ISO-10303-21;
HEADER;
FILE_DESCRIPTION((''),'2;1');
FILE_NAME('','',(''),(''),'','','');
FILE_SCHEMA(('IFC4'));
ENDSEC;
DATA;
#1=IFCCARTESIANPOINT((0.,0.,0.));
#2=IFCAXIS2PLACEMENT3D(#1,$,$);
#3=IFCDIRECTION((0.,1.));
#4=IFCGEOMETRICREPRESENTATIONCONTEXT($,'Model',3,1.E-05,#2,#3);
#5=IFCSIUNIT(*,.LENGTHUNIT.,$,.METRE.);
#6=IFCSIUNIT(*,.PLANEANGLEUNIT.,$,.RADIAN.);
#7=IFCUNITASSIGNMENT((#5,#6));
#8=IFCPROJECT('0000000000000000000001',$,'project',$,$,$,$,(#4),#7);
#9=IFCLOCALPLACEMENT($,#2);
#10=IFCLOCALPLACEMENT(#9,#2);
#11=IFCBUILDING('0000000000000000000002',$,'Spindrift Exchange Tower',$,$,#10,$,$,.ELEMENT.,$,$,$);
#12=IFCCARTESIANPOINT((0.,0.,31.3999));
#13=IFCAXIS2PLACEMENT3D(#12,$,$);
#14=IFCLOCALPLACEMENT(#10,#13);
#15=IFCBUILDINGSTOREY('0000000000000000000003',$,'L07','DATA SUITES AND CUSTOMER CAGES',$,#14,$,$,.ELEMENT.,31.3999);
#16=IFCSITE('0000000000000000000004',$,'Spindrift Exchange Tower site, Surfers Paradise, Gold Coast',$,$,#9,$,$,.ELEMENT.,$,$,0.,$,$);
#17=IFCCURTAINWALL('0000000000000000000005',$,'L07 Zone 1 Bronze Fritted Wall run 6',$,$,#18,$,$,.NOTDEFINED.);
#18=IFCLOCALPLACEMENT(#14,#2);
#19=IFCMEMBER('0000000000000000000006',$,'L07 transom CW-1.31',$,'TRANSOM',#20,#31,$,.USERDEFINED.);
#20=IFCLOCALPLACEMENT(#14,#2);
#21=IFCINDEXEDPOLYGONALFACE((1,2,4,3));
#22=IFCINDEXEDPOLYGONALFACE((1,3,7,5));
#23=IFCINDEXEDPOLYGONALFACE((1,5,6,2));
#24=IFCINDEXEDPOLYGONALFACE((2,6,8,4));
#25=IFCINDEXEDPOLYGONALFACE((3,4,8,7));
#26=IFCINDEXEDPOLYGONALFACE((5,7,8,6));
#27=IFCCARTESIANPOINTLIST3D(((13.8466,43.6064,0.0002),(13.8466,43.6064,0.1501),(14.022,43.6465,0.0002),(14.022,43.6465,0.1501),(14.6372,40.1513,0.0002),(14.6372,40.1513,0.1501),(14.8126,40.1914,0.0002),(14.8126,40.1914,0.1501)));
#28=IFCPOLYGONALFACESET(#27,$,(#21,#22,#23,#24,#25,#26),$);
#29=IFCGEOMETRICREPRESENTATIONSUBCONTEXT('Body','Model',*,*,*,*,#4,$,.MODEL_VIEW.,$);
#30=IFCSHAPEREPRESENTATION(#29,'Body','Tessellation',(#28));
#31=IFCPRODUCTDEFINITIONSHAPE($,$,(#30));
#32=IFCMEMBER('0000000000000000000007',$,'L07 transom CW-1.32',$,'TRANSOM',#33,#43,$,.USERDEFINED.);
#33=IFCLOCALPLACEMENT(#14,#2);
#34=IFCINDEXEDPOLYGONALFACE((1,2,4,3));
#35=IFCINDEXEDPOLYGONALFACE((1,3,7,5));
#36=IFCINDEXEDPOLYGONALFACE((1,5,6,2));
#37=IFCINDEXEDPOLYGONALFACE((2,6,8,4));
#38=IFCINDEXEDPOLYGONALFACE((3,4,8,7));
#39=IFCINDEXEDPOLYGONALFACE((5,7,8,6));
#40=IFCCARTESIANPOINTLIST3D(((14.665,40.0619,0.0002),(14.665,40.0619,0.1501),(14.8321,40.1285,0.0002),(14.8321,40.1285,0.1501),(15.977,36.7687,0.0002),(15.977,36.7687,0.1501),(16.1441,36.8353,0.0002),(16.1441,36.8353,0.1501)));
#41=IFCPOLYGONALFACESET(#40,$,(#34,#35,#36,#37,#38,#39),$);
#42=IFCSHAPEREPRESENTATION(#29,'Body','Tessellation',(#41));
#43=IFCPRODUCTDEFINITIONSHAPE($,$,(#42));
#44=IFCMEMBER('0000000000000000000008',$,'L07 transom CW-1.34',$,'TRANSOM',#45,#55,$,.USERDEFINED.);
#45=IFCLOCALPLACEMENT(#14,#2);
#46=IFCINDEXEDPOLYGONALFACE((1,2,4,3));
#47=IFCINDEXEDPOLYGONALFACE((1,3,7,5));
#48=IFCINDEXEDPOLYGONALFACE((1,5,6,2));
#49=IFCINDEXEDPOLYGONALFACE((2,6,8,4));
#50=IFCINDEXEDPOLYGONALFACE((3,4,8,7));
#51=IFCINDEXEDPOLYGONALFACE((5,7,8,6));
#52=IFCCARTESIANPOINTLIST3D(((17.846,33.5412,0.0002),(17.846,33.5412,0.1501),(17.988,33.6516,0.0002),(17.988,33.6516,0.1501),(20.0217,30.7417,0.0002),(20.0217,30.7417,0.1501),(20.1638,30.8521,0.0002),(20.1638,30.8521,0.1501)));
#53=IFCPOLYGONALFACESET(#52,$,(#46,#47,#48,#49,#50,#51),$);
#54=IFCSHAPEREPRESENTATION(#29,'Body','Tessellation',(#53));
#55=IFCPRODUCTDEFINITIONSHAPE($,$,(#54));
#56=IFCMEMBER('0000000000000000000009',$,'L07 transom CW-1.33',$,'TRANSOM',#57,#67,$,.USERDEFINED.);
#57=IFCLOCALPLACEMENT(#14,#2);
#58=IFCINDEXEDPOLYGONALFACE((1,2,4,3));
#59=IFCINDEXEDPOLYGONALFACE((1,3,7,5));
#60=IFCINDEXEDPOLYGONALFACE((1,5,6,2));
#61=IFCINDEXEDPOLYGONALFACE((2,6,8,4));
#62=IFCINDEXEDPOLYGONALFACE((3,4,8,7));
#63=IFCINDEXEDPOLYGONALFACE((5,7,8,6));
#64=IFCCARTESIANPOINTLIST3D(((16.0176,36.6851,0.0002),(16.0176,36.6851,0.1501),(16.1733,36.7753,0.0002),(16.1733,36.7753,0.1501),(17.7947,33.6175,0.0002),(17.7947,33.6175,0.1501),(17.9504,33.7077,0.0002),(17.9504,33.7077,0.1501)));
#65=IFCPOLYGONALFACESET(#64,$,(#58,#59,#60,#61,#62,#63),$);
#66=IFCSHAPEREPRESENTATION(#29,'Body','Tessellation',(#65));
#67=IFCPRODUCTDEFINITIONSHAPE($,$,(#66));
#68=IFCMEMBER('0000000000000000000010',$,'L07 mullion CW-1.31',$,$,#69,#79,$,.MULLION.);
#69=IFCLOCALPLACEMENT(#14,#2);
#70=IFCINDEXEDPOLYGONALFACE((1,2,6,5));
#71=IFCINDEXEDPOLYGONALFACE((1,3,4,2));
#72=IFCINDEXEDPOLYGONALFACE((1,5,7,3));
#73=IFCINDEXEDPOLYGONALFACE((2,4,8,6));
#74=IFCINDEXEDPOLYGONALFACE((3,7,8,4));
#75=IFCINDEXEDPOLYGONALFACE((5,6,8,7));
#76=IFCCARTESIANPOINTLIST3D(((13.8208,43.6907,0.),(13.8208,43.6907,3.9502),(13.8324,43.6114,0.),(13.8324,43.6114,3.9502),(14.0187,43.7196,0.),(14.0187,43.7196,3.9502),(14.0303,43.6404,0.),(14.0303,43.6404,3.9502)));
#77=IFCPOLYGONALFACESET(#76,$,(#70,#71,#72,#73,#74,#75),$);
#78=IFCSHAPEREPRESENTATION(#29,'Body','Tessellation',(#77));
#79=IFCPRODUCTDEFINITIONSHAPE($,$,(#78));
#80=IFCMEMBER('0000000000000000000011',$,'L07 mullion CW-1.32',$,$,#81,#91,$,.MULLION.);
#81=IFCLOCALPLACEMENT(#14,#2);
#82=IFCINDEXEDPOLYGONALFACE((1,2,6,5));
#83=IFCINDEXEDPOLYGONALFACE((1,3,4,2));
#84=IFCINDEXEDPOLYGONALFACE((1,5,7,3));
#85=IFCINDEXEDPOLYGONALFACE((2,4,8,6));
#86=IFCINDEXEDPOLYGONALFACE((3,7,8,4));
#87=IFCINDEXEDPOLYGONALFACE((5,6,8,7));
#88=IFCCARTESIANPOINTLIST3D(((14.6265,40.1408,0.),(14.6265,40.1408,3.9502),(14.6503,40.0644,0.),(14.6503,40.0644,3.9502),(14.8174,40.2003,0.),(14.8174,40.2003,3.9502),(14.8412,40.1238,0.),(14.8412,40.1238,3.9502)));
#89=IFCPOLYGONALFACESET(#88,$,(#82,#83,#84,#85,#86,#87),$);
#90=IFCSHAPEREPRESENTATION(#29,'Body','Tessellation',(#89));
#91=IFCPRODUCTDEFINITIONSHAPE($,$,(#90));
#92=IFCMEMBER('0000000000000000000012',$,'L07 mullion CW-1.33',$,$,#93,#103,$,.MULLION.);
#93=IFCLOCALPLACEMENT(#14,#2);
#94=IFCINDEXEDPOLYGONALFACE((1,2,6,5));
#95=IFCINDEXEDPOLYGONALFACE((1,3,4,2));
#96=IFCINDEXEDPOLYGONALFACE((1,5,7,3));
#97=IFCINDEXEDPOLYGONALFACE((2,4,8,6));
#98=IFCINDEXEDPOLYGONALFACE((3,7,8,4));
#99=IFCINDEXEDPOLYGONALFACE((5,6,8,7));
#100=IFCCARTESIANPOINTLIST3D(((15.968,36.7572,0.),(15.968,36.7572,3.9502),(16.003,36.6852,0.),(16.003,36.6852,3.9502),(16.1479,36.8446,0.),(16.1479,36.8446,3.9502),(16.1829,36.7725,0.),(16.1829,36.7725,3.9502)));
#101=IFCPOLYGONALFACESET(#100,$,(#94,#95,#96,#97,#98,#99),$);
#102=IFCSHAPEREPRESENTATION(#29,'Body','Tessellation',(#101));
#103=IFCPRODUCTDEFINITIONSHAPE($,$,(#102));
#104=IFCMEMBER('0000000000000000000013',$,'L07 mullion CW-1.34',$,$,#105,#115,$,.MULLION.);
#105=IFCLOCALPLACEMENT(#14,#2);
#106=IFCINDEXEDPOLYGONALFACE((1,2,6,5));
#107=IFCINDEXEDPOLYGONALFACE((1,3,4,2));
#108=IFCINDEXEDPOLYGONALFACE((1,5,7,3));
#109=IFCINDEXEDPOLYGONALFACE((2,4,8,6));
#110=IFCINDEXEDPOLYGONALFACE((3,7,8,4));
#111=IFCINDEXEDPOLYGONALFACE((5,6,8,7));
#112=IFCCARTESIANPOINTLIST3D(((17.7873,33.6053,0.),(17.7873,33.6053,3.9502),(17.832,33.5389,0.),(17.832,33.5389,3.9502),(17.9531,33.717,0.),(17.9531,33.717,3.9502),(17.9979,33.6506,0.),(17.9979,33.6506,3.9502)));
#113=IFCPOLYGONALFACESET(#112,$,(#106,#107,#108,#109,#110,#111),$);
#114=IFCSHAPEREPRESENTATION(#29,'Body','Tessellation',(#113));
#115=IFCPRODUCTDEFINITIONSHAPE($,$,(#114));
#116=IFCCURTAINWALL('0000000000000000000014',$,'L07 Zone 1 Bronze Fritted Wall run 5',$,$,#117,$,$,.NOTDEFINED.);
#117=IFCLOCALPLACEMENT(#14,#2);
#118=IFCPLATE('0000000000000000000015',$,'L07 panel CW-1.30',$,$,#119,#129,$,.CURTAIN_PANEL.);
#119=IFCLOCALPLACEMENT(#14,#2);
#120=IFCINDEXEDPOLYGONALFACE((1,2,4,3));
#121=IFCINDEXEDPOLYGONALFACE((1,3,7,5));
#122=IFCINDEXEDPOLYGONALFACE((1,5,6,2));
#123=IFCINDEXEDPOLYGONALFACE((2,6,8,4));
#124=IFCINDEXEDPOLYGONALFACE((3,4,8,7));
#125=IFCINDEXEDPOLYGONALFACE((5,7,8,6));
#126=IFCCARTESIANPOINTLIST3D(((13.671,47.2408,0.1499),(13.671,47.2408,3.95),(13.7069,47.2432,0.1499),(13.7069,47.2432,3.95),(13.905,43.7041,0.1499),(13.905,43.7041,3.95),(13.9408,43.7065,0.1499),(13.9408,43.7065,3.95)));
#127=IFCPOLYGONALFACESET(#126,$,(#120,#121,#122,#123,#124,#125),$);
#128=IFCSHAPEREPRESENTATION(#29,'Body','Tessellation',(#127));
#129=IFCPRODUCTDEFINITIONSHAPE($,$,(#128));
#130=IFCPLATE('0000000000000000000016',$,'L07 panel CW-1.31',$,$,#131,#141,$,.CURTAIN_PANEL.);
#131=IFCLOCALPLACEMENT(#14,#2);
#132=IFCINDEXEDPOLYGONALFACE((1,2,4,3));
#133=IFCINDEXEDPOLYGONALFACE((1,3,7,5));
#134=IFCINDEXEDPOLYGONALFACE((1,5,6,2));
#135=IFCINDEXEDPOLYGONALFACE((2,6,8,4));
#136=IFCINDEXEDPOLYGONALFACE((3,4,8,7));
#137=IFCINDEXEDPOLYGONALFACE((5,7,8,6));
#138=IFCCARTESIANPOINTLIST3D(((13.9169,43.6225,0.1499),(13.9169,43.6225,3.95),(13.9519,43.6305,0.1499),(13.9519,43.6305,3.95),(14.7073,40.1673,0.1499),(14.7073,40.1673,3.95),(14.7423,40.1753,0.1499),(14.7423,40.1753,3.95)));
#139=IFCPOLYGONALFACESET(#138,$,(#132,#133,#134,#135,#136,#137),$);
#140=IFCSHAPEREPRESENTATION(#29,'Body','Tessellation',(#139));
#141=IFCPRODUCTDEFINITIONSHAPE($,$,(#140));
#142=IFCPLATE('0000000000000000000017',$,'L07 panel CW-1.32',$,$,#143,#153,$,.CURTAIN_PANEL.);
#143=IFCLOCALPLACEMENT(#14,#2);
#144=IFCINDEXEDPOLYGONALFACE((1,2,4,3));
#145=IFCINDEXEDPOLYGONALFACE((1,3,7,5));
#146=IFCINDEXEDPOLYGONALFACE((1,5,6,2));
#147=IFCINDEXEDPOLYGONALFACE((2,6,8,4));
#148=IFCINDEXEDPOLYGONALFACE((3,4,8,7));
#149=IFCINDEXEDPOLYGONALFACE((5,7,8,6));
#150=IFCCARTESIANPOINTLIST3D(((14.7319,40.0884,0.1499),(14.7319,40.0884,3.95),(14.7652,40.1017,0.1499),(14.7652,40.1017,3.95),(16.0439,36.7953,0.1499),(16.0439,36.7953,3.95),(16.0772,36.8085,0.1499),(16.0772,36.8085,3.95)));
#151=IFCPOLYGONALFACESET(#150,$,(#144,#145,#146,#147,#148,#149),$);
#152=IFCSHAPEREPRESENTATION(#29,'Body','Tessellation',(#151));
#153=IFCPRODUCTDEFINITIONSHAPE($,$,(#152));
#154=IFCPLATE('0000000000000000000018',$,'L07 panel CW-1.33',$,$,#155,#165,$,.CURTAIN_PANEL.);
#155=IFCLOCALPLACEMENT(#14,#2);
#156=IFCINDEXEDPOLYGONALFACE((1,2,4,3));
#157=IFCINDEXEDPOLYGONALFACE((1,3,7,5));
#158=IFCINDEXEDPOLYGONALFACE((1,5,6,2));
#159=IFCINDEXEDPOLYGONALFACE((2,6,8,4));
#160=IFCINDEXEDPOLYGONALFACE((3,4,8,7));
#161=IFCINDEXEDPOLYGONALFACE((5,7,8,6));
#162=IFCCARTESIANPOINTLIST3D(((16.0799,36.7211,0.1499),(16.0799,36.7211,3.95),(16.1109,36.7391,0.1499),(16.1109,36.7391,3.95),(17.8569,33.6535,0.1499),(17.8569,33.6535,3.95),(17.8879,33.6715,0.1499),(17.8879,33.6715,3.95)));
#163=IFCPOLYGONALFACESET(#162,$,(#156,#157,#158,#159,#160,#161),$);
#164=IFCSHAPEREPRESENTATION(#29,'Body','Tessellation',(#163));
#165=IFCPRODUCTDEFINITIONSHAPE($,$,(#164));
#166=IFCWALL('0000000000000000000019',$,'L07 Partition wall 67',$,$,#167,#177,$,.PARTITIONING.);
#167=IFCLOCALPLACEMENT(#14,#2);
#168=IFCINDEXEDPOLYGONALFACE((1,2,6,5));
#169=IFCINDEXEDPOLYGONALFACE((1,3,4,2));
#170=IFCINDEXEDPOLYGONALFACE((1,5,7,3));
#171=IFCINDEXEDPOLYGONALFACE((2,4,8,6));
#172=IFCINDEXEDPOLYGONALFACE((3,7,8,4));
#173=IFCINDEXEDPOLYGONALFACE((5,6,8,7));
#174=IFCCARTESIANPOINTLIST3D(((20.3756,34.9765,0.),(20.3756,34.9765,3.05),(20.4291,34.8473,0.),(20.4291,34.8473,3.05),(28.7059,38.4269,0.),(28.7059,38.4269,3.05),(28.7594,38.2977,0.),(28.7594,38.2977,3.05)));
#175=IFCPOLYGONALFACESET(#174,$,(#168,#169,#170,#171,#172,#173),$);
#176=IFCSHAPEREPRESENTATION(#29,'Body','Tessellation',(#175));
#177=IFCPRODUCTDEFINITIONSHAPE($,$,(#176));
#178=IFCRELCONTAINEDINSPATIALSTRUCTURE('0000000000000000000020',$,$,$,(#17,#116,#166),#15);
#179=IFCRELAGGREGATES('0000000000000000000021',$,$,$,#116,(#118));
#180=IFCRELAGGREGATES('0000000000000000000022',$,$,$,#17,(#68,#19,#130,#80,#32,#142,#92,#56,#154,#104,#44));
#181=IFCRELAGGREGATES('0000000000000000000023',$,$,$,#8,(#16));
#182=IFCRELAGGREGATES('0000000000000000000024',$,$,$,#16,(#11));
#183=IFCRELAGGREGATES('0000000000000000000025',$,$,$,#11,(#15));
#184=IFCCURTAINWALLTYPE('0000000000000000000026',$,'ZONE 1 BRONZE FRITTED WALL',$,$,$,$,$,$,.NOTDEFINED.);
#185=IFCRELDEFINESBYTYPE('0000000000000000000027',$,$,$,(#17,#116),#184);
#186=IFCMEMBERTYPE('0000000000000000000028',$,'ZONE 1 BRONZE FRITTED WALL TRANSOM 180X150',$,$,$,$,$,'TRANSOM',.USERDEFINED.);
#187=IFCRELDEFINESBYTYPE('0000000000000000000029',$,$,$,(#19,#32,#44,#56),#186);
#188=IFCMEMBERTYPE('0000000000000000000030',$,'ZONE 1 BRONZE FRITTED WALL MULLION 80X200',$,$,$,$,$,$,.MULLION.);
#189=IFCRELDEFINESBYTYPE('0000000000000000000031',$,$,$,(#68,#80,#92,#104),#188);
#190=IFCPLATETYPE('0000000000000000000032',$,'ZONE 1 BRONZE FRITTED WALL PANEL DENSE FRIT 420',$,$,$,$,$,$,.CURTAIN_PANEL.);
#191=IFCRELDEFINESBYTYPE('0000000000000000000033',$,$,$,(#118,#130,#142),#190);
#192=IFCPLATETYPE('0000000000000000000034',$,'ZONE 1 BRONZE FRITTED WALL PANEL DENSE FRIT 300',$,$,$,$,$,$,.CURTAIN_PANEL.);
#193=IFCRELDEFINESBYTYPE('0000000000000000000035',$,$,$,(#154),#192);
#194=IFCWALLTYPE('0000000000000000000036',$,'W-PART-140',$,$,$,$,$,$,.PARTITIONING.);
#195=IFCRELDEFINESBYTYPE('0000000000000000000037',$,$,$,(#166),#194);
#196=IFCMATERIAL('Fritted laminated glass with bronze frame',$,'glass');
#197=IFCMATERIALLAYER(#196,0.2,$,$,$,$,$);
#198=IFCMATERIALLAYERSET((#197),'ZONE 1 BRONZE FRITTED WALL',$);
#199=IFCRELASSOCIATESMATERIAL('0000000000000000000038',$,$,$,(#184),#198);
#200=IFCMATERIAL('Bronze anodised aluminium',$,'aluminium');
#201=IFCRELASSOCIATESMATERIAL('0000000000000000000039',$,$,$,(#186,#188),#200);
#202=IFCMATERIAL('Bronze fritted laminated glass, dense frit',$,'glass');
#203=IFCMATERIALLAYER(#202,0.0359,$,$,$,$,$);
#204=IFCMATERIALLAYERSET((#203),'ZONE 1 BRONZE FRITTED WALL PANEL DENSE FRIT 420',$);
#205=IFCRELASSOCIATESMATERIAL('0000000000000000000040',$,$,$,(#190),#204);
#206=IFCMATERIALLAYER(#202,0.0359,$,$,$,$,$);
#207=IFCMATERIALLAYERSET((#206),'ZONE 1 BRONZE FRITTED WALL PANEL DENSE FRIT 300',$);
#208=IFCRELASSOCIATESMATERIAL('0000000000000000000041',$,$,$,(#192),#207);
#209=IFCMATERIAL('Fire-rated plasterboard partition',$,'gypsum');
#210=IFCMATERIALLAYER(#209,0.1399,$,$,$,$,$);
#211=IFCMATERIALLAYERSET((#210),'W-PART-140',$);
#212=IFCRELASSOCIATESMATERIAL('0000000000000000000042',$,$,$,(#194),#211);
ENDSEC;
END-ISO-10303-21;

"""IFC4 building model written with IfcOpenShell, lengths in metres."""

from ifc_helpers import new_model, si_unit, direction, frame, frame_2d, origin, origin_2d, place, context, subcontext, project, spatial, rectangle, extrude, source, transform, mapped, material, layer, layer_set, material_profile, profile_set, type_object, element, aggregate, save


model = new_model("IFC4")

# Units and contexts
model_context = context("Model", 3, precision=1e-05, world=origin(), true_north=direction((0.0, 1.0)))
body_context = subcontext(model_context, "Body", "Model", "MODEL_VIEW")
ifc_project = project(units=[si_unit("LENGTHUNIT", "METRE"), si_unit("PLANEANGLEUNIT", "RADIAN")], contexts=[model_context])

# Site, building, storey
site_placement = place(None, origin())
site = spatial("IfcSite", under=ifc_project, at=site_placement, Name="Spindrift Exchange Tower site, Surfers Paradise, Gold Coast", CompositionType="ELEMENT", RefElevation=0.0)
building_placement = place(site_placement, origin())
building = spatial("IfcBuilding", under=site, at=building_placement, Name="Spindrift Exchange Tower", CompositionType="ELEMENT")
storey_placement = place(building_placement, frame((0.0, 0.0, 31.3999)))
storey = spatial("IfcBuildingStorey", under=building, at=storey_placement, Name="L07", Description="DATA SUITES AND CUSTOMER CAGES", CompositionType="ELEMENT", Elevation=31.3999)

# Curtain wall, members
ifc_material_1 = material(Name="Fritted laminated glass with bronze frame", Category="glass")
ifc_layer_1 = layer(ifc_material_1, 0.2)
ifc_layer_set_1 = layer_set([ifc_layer_1], Name="ZONE 1 BRONZE FRITTED WALL")
curtain_wall_type = type_object("IfcCurtainWallType", Name="ZONE 1 BRONZE FRITTED WALL", PredefinedType="NOTDEFINED", material=ifc_layer_set_1)
curtain_wall_1_placement = place(storey_placement, origin())
curtain_wall_1 = element("IfcCurtainWall", 1, at=curtain_wall_1_placement, inside=storey, type_object=curtain_wall_type, Name="L07 Zone 1 Bronze Fritted Wall run 6", PredefinedType="NOTDEFINED")
ifc_material_2 = material(Name="Bronze anodised aluminium", Category="aluminium")
ifc_material_profile_1 = material_profile(ifc_material_2, rectangle(XDim=0.1799, YDim=0.1499, at=origin_2d()), Name="ZONE 1 BRONZE FRITTED WALL TRANSOM 180X150")
ifc_profile_set_1 = profile_set([ifc_material_profile_1], Name="Bronze anodised aluminium")
member_type_1 = type_object("IfcMemberType", Name="ZONE 1 BRONZE FRITTED WALL TRANSOM 180X150", ElementType="TRANSOM", PredefinedType="USERDEFINED", material=ifc_profile_set_1)
shared_shape_1 = source(origin(), body_context, "Body", "SweptSolid", [
    extrude(rectangle(XDim=0.1799, YDim=0.1499, at=origin_2d()), origin(), (0.0, 0.0, 1.0), 3.5444),
])
member_1_placement = place(storey_placement, frame((13.9343, 43.6265, 0.0752), z_axis=(0.223038, -0.97481, 0.0), x_axis=(0.97481, 0.223038, 0.0)))
member_1 = element("IfcMember", 2, at=member_1_placement, type_object=member_type_1, Name="L07 transom CW-1.31", ObjectType="TRANSOM", PredefinedType="USERDEFINED", context=body_context, shape_type="MappedRepresentation", body=[
    mapped(shared_shape_1, transform((0.0, 0.0, 0.0), scale=1.0)),
])
shared_shape_2 = source(origin(), body_context, "Body", "SweptSolid", [
    extrude(rectangle(XDim=0.1799, YDim=0.1499, at=origin_2d()), origin(), (0.0, 0.0, 1.0), 3.5449),
])
member_2_placement = place(storey_placement, frame((14.7485, 40.0952, 0.0752), z_axis=(0.370108, -0.928989, 0.0), x_axis=(0.928989, 0.370108, 0.0)))
member_2 = element("IfcMember", 3, at=member_2_placement, type_object=member_type_1, Name="L07 transom CW-1.32", ObjectType="TRANSOM", PredefinedType="USERDEFINED", context=body_context, shape_type="MappedRepresentation", body=[
    mapped(shared_shape_2, transform((0.0, 0.0, 0.0), scale=1.0)),
])
shared_shape_3 = source(origin(), body_context, "Body", "SweptSolid", [
    extrude(rectangle(XDim=0.1799, YDim=0.1499, at=origin_2d()), origin(), (0.0, 0.0, 1.0), 3.5457),
])
member_3_placement = place(storey_placement, frame((17.917, 33.5964, 0.0752), z_axis=(0.61365, -0.789578, 0.0), x_axis=(0.789578, 0.61365, 0.0)))
member_3 = element("IfcMember", 4, at=member_3_placement, type_object=member_type_1, Name="L07 transom CW-1.34", ObjectType="TRANSOM", PredefinedType="USERDEFINED", context=body_context, shape_type="MappedRepresentation", body=[
    mapped(shared_shape_3, transform((0.0, 0.0, 0.0), scale=1.0)),
])
shared_shape_4 = source(origin(), body_context, "Body", "SweptSolid", [
    extrude(rectangle(XDim=0.1799, YDim=0.1499, at=origin_2d()), origin(), (0.0, 0.0, 1.0), 3.5452),
])
member_4_placement = place(storey_placement, frame((16.0955, 36.7302, 0.0752), z_axis=(0.50127, -0.865291, 0.0), x_axis=(0.865291, 0.50127, 0.0)))
member_4 = element("IfcMember", 5, at=member_4_placement, type_object=member_type_1, Name="L07 transom CW-1.33", ObjectType="TRANSOM", PredefinedType="USERDEFINED", context=body_context, shape_type="MappedRepresentation", body=[
    mapped(shared_shape_4, transform((0.0, 0.0, 0.0), scale=1.0)),
])
ifc_material_profile_2 = material_profile(ifc_material_2, rectangle(XDim=0.0801, YDim=0.2, at=origin_2d()), Name="ZONE 1 BRONZE FRITTED WALL MULLION 80X200")
ifc_profile_set_2 = profile_set([ifc_material_profile_2], Name="Bronze anodised aluminium")
member_type_2 = type_object("IfcMemberType", Name="ZONE 1 BRONZE FRITTED WALL MULLION 80X200", PredefinedType="MULLION", material=ifc_profile_set_2)
shared_shape_5 = source(origin(), body_context, "Body", "SweptSolid", [
    extrude(rectangle(XDim=0.0801, YDim=0.2, at=origin_2d()), origin(), (0.0, 0.0, 1.0), 3.9502),
])
member_5_placement = place(storey_placement, frame((13.9255, 43.6655, 0.0), z_axis=(0.0, 0.0, 1.0), x_axis=(0.144961, -0.989437, 0.0)))
member_5 = element("IfcMember", 6, at=member_5_placement, type_object=member_type_2, Name="L07 mullion CW-1.31", PredefinedType="MULLION", context=body_context, shape_type="MappedRepresentation", body=[
    mapped(shared_shape_5, transform((0.0, 0.0, 0.0), scale=1.0)),
])
member_6_placement = place(storey_placement, frame((14.7339, 40.1323, 0.0), z_axis=(0.0, 0.0, 1.0), x_axis=(0.297447, -0.954738, 0.0)))
member_6 = element("IfcMember", 7, at=member_6_placement, type_object=member_type_2, Name="L07 mullion CW-1.32", PredefinedType="MULLION", context=body_context, shape_type="MappedRepresentation", body=[
    mapped(shared_shape_5, transform((0.0, 0.0, 0.0), scale=1.0)),
])
member_7_placement = place(storey_placement, frame((16.0754, 36.7649, 0.0), z_axis=(0.0, 0.0, 1.0), x_axis=(0.436841, -0.899539, 0.0)))
member_7 = element("IfcMember", 8, at=member_7_placement, type_object=member_type_2, Name="L07 mullion CW-1.33", PredefinedType="MULLION", context=body_context, shape_type="MappedRepresentation", body=[
    mapped(shared_shape_5, transform((0.0, 0.0, 0.0), scale=1.0)),
])
member_8_placement = place(storey_placement, frame((17.8926, 33.6279, 0.0), z_axis=(0.0, 0.0, 1.0), x_axis=(0.558719, -0.829357, 0.0)))
member_8 = element("IfcMember", 9, at=member_8_placement, type_object=member_type_2, Name="L07 mullion CW-1.34", PredefinedType="MULLION", context=body_context, shape_type="MappedRepresentation", body=[
    mapped(shared_shape_5, transform((0.0, 0.0, 0.0), scale=1.0)),
])

# Curtain wall, plate
curtain_wall_2_placement = place(storey_placement, origin())
curtain_wall_2 = element("IfcCurtainWall", 10, at=curtain_wall_2_placement, inside=storey, type_object=curtain_wall_type, Name="L07 Zone 1 Bronze Fritted Wall run 5", PredefinedType="NOTDEFINED")
ifc_material_3 = material(Name="Bronze fritted laminated glass, dense frit", Category="glass")
ifc_layer_2 = layer(ifc_material_3, 0.0359)
ifc_layer_set_2 = layer_set([ifc_layer_2], Name="ZONE 1 BRONZE FRITTED WALL PANEL DENSE FRIT 420")
plate_type_1 = type_object("IfcPlateType", Name="ZONE 1 BRONZE FRITTED WALL PANEL DENSE FRIT 420", PredefinedType="CURTAIN_PANEL", material=ifc_layer_set_2)
shared_shape_6 = source(origin(), body_context, "Body", "SweptSolid", [
    extrude(rectangle(XDim=3.5444, YDim=0.0359, at=origin_2d()), origin(), (0.0, 0.0, 1.0), 3.8),
])
plate_1_placement = place(storey_placement, frame((13.8059, 45.4736, 0.1499), z_axis=(0.0, 0.0, 1.0), x_axis=(0.065997, -0.99782, 0.0)))
plate_1 = element("IfcPlate", 11, at=plate_1_placement, type_object=plate_type_1, Name="L07 panel CW-1.30", PredefinedType="CURTAIN_PANEL", context=body_context, shape_type="MappedRepresentation", body=[
    mapped(shared_shape_6, transform((0.0, 0.0, 0.0), scale=1.0)),
])
aggregate(curtain_wall_2, [plate_1])

# Plates
plate_2_placement = place(storey_placement, frame((14.3296, 41.8989, 0.1499), z_axis=(0.0, 0.0, 1.0), x_axis=(0.223012, -0.974816, 0.0)))
plate_2 = element("IfcPlate", 12, at=plate_2_placement, type_object=plate_type_1, Name="L07 panel CW-1.31", PredefinedType="CURTAIN_PANEL", context=body_context, shape_type="MappedRepresentation", body=[
    mapped(shared_shape_6, transform((0.0, 0.0, 0.0), scale=1.0)),
])
shared_shape_7 = source(origin(), body_context, "Body", "SweptSolid", [
    extrude(rectangle(XDim=3.5449, YDim=0.0359, at=origin_2d()), origin(), (0.0, 0.0, 1.0), 3.8),
])
plate_3_placement = place(storey_placement, frame((15.4045, 38.4485, 0.1499), z_axis=(0.0, 0.0, 1.0), x_axis=(0.370115, -0.928986, 0.0)))
plate_3 = element("IfcPlate", 13, at=plate_3_placement, type_object=plate_type_1, Name="L07 panel CW-1.32", PredefinedType="CURTAIN_PANEL", context=body_context, shape_type="MappedRepresentation", body=[
    mapped(shared_shape_7, transform((0.0, 0.0, 0.0), scale=1.0)),
])
ifc_layer_3 = layer(ifc_material_3, 0.0359)
ifc_layer_set_3 = layer_set([ifc_layer_3], Name="ZONE 1 BRONZE FRITTED WALL PANEL DENSE FRIT 300")
plate_type_2 = type_object("IfcPlateType", Name="ZONE 1 BRONZE FRITTED WALL PANEL DENSE FRIT 300", PredefinedType="CURTAIN_PANEL", material=ifc_layer_set_3)
shared_shape_8 = source(origin(), body_context, "Body", "SweptSolid", [
    extrude(rectangle(XDim=3.5452, YDim=0.0359, at=origin_2d()), origin(), (0.0, 0.0, 1.0), 3.8),
])
plate_4_placement = place(storey_placement, frame((16.9839, 35.1963, 0.1499), z_axis=(0.0, 0.0, 1.0), x_axis=(0.501243, -0.865306, 0.0)))
plate_4 = element("IfcPlate", 14, at=plate_4_placement, type_object=plate_type_2, Name="L07 panel CW-1.33", PredefinedType="CURTAIN_PANEL", context=body_context, shape_type="MappedRepresentation", body=[
    mapped(shared_shape_8, transform((0.0, 0.0, 0.0), scale=1.0)),
])
aggregate(curtain_wall_1, [member_5, member_1, plate_2, member_6, member_2, plate_3, member_7, member_4, plate_4, member_8, member_3])

# Wall
ifc_material_4 = material(Name="Fire-rated plasterboard partition", Category="gypsum")
ifc_layer_4 = layer(ifc_material_4, 0.1399)
ifc_layer_set_4 = layer_set([ifc_layer_4], Name="W-PART-140")
wall_type = type_object("IfcWallType", Name="W-PART-140", PredefinedType="PARTITIONING", material=ifc_layer_set_4)
wall_1_placement = place(storey_placement, frame((28.7327, 38.3623, 0.0), z_axis=(0.0, 0.0, 1.0), x_axis=(-0.923883, -0.382675, 0.0)))
element("IfcWall", 15, at=wall_1_placement, inside=storey, type_object=wall_type, Name="L07 Partition wall 67", PredefinedType="PARTITIONING", context=body_context, shape_type="SweptSolid", body=[
    extrude(rectangle(XDim=9.0166, YDim=0.1399, at=frame_2d((4.5083, 0.0))), origin(), (0.0, 0.0, 1.0), 3.05),
])

save(model, "model.ifc")
